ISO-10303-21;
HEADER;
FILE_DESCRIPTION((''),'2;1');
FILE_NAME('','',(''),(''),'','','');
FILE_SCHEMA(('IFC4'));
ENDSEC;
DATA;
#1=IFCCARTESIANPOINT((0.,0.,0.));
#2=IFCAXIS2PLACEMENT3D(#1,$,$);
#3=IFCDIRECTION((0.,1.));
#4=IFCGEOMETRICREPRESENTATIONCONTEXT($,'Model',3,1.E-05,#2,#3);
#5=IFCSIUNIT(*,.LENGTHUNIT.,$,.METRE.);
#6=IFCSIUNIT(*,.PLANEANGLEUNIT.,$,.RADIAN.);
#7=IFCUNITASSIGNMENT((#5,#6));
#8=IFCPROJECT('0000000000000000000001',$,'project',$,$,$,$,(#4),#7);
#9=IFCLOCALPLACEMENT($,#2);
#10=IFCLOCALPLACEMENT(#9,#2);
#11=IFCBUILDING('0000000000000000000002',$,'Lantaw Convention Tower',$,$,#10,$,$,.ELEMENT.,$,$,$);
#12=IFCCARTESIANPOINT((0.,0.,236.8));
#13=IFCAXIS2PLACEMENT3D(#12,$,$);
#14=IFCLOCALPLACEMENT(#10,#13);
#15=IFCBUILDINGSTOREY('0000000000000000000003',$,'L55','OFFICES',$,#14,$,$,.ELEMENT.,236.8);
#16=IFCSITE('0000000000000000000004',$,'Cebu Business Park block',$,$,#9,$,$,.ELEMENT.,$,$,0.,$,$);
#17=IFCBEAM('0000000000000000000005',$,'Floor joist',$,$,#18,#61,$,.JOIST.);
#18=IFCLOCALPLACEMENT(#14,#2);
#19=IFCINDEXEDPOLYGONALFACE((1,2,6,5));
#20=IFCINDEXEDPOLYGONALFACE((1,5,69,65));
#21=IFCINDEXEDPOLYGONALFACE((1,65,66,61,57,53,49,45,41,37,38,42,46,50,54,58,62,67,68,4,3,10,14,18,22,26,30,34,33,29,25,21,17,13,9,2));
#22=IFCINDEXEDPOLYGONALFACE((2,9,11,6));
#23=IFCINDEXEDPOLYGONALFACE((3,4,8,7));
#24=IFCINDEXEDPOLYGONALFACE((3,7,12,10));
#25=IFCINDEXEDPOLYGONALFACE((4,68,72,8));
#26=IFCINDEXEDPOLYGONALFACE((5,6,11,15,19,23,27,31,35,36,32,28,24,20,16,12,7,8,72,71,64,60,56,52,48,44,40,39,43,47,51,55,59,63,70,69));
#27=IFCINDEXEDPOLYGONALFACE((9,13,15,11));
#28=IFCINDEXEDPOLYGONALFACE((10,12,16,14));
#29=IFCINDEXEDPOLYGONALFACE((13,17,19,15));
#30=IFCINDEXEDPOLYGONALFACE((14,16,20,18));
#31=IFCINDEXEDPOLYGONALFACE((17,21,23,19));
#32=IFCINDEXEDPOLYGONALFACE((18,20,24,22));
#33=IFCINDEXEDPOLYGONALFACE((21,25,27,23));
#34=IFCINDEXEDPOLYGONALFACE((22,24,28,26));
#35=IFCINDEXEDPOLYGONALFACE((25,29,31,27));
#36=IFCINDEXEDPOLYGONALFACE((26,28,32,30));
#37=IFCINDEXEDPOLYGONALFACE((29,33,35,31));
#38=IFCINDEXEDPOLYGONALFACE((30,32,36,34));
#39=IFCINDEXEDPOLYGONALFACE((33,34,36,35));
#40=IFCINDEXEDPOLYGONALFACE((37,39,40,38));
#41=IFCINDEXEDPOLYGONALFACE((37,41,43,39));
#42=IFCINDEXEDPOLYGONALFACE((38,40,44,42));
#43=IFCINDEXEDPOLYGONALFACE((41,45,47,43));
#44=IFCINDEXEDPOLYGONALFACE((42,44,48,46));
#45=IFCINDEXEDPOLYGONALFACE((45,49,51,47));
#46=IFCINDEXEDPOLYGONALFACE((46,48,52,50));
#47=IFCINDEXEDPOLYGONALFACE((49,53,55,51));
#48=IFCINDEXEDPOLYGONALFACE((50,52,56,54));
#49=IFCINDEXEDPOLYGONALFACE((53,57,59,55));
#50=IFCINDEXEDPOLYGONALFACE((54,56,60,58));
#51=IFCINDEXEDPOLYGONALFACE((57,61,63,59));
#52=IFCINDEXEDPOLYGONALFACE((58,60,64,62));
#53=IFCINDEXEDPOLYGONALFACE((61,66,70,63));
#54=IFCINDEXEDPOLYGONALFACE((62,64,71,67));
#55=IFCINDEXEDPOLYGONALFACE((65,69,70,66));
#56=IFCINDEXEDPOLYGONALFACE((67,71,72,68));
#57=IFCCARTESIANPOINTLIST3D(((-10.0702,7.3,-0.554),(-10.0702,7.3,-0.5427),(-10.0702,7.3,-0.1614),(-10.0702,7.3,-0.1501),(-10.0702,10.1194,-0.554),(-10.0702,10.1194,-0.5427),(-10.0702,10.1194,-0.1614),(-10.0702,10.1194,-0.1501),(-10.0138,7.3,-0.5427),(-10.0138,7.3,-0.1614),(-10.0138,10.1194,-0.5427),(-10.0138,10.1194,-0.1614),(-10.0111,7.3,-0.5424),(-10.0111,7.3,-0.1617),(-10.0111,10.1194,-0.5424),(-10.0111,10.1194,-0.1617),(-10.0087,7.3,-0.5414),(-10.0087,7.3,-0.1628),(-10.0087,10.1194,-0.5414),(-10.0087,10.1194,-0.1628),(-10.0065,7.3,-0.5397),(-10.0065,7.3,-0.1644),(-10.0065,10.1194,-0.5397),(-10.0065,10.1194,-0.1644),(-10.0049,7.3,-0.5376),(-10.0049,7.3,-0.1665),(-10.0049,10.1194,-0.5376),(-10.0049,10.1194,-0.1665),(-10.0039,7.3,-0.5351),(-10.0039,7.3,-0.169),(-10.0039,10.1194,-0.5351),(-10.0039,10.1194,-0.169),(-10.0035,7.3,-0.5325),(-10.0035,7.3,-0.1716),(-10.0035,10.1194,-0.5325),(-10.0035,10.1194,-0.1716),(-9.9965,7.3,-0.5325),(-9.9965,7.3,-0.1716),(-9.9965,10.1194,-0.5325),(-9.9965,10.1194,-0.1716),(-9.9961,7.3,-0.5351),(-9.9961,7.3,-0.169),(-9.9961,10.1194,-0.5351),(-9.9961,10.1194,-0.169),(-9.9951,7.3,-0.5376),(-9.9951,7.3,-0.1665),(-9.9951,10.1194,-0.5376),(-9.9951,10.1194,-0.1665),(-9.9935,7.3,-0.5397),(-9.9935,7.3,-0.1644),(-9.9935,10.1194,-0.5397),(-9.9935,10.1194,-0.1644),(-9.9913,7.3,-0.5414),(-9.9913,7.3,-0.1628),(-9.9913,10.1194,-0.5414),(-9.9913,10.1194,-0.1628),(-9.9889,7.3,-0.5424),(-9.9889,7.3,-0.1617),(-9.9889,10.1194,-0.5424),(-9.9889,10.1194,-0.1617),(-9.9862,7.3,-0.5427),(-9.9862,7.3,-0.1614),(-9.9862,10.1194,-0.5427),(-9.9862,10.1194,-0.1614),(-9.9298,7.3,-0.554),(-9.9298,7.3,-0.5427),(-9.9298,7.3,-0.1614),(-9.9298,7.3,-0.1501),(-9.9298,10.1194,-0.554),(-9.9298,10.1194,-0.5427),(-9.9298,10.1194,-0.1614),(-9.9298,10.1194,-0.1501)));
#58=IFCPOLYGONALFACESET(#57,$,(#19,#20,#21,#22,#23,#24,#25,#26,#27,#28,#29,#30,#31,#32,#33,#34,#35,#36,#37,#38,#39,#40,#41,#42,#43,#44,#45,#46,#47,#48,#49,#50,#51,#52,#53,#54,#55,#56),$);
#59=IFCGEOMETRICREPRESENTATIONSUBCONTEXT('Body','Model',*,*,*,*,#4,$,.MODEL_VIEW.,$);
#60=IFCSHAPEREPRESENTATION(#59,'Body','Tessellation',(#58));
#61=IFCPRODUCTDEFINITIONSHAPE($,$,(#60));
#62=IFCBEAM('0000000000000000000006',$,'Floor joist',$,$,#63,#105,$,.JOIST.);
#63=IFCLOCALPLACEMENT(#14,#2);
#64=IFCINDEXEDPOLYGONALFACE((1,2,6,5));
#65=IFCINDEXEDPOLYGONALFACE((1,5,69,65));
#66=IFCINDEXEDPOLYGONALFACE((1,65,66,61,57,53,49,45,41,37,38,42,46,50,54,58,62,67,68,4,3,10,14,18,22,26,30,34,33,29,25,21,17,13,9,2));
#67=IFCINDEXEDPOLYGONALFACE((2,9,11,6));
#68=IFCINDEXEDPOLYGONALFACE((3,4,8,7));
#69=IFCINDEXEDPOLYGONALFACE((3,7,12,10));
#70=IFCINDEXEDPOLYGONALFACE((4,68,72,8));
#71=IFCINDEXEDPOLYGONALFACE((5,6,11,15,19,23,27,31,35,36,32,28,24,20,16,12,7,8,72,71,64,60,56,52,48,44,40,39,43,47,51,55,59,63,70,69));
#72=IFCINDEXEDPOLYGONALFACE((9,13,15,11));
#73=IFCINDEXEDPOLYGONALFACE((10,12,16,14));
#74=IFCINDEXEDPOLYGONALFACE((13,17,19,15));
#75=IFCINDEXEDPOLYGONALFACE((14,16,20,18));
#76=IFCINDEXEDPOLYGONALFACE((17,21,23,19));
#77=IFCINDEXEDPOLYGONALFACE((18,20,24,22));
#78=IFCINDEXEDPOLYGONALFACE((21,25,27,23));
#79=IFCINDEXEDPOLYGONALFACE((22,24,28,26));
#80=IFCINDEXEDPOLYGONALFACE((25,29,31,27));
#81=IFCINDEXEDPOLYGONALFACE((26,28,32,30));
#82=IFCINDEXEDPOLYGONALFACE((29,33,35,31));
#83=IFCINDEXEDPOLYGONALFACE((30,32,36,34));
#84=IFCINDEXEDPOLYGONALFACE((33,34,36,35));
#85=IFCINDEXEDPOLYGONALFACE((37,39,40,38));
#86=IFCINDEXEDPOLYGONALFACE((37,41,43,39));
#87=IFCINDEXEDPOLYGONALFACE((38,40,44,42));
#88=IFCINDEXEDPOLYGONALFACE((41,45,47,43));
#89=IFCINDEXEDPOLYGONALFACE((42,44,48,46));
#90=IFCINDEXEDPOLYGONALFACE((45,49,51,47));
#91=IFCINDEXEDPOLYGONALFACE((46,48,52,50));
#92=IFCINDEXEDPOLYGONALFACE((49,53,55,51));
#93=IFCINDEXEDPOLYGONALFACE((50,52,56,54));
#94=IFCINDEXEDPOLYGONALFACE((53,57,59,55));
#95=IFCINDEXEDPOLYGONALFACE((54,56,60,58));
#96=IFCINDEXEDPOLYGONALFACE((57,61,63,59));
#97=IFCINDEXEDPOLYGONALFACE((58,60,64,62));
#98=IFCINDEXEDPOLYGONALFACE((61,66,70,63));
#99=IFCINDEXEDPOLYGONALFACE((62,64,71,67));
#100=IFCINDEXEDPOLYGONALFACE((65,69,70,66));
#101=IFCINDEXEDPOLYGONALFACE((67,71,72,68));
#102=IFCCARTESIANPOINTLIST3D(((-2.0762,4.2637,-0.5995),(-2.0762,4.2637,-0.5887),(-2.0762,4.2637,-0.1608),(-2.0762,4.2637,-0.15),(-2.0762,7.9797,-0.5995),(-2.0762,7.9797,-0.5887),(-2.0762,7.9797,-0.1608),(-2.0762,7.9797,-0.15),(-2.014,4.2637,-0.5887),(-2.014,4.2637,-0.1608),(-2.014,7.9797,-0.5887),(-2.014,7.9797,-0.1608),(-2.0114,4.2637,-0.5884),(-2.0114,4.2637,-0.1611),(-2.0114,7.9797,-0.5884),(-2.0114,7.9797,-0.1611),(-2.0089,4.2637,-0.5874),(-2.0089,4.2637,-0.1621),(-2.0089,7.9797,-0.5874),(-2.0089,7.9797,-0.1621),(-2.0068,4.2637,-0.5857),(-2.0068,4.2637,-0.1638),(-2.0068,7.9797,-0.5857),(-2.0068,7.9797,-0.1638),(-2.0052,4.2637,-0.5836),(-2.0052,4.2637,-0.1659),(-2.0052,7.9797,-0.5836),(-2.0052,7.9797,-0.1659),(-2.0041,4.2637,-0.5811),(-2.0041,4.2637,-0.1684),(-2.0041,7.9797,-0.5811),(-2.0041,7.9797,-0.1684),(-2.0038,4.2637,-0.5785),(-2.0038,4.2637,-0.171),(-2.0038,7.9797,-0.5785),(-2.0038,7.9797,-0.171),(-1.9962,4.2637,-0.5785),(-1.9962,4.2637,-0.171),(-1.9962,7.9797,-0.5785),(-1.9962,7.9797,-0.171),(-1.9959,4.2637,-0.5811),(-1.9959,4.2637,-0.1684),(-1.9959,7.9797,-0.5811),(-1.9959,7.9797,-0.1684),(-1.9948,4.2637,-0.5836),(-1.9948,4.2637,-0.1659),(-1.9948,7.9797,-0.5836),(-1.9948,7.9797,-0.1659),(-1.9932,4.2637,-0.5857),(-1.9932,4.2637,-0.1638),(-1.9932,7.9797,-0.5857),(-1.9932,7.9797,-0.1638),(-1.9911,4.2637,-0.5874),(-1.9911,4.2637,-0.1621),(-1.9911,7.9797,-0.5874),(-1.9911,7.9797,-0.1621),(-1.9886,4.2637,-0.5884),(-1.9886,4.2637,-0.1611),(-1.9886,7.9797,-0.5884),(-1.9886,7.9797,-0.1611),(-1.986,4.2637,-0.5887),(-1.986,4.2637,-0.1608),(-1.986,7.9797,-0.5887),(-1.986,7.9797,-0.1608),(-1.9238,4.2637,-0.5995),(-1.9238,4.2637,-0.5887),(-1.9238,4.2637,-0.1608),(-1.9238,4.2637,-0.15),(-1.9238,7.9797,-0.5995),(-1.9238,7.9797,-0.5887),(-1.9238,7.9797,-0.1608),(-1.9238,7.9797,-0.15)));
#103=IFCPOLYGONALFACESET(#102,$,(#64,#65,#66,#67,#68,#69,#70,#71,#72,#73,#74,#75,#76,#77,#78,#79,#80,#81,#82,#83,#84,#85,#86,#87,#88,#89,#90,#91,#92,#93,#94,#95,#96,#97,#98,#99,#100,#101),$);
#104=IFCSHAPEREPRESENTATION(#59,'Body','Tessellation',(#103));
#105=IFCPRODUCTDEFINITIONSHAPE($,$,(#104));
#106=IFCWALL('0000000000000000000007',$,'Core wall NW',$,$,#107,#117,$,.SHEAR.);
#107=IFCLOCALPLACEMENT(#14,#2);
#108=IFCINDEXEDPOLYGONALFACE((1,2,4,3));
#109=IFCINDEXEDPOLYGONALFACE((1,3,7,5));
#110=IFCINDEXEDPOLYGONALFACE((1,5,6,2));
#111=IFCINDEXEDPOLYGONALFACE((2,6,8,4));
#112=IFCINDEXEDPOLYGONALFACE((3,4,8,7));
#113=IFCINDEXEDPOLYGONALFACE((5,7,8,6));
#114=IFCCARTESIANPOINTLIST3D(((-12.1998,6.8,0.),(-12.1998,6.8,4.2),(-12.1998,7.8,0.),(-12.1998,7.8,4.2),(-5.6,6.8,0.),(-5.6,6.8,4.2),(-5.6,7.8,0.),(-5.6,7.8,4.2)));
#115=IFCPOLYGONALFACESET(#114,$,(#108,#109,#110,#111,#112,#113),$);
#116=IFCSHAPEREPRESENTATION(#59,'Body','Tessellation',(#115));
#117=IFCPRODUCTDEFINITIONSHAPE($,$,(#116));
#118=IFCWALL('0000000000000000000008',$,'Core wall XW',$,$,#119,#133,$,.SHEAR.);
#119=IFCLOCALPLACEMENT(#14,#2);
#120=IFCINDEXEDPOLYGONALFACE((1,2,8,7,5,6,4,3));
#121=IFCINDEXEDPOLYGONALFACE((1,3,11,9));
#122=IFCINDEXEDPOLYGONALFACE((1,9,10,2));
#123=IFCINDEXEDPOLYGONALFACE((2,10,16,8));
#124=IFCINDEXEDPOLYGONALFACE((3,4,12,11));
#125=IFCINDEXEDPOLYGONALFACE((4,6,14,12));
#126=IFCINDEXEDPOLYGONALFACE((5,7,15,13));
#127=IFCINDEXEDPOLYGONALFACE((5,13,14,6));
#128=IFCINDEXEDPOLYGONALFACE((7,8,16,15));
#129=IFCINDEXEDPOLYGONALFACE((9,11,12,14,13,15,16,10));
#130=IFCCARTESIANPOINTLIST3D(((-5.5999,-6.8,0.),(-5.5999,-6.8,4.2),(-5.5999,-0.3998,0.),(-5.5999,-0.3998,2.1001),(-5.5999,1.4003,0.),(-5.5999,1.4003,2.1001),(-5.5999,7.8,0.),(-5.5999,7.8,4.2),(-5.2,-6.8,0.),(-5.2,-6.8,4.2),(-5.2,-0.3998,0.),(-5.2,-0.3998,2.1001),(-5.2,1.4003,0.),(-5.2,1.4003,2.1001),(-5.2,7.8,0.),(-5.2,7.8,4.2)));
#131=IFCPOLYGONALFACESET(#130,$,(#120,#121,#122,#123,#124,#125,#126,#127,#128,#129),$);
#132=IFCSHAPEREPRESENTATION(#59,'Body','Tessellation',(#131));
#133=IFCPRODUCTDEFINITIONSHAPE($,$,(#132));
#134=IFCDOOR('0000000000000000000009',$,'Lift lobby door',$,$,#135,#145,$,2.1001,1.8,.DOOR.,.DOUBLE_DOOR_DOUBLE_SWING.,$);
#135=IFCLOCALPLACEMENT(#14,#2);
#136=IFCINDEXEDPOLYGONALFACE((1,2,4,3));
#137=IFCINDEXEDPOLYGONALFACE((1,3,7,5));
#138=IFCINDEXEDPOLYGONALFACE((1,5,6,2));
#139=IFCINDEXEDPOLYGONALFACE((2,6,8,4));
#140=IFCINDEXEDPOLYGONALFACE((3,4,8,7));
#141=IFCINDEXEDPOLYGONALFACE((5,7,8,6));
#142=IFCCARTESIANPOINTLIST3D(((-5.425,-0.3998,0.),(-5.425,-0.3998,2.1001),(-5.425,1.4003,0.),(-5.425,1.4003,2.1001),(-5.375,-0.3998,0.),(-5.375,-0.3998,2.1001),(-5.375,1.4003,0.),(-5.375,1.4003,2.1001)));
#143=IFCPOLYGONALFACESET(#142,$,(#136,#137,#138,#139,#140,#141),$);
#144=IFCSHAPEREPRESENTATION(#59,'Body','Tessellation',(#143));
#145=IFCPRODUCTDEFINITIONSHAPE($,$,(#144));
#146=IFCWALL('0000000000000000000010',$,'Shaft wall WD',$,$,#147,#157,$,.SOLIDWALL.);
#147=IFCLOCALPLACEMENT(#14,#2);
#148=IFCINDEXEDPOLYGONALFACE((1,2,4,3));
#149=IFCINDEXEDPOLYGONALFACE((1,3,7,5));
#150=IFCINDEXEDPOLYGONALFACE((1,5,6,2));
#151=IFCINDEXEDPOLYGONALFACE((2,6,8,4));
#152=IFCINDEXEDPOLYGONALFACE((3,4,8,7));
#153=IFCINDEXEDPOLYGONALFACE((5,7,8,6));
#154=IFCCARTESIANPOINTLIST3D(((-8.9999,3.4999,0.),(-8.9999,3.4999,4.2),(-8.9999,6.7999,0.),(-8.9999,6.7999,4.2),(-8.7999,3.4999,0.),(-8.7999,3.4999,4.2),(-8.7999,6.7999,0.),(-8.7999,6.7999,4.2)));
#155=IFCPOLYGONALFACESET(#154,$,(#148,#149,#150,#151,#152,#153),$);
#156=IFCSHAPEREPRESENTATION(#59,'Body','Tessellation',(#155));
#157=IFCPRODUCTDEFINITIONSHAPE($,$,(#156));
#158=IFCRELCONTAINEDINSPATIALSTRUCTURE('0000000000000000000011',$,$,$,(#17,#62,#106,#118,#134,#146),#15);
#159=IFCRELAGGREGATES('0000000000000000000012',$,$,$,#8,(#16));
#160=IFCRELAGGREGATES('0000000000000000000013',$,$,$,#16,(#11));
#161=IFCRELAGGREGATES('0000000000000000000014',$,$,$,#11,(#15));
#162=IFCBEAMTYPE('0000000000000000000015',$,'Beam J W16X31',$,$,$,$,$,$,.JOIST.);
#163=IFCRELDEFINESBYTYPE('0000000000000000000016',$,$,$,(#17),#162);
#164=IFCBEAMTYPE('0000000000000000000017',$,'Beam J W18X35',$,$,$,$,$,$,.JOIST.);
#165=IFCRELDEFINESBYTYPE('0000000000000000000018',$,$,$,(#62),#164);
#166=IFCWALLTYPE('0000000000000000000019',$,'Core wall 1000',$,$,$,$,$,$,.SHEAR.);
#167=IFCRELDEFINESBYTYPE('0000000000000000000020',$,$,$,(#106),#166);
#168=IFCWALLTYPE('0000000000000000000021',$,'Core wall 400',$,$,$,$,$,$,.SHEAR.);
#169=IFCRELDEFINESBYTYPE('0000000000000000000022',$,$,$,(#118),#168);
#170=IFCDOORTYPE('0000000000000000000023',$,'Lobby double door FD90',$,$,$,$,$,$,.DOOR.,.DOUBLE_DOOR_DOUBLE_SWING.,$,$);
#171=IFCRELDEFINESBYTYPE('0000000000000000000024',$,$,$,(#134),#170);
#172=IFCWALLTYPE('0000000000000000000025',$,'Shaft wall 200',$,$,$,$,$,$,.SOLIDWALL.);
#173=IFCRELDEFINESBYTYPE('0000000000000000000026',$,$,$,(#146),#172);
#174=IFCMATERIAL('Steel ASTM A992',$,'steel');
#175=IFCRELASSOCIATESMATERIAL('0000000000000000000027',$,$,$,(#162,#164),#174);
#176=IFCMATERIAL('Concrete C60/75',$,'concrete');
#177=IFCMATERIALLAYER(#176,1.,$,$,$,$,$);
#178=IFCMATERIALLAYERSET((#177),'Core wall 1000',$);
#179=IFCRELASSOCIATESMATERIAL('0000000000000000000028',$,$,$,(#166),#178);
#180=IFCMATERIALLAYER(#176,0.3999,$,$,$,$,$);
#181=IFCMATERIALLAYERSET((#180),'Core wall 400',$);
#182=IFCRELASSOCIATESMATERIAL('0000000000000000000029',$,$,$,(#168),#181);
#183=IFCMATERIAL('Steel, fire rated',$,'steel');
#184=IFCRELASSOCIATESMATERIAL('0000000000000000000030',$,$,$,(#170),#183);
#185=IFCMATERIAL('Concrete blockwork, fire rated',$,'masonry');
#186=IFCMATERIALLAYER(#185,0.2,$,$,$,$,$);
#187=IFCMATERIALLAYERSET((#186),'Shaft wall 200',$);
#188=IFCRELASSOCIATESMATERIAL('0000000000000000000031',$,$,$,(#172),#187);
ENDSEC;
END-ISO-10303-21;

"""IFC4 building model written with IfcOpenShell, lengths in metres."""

from ifc_helpers import new_model, si_unit, direction, frame, frame_2d, origin, origin_2d, place, context, subcontext, project, spatial, rectangle, i_section, extrude, material, layer, layer_set, material_profile, profile_set, type_object, element, fill, save


model = new_model("IFC4")

# Units and contexts
model_context = context("Model", 3, precision=1e-05, world=origin(), true_north=direction((0.0, 1.0)))
body_context = subcontext(model_context, "Body", "Model", "MODEL_VIEW")
ifc_project = project(units=[si_unit("LENGTHUNIT", "METRE"), si_unit("PLANEANGLEUNIT", "RADIAN")], contexts=[model_context])

# Site, building, storey
site_placement = place(None, origin())
site = spatial("IfcSite", under=ifc_project, at=site_placement, Name="Cebu Business Park block", CompositionType="ELEMENT", RefElevation=0.0)
building_placement = place(site_placement, origin())
building = spatial("IfcBuilding", under=site, at=building_placement, Name="Lantaw Convention Tower", CompositionType="ELEMENT")
storey_placement = place(building_placement, frame((0.0, 0.0, 236.8)))
storey = spatial("IfcBuildingStorey", under=building, at=storey_placement, Name="L55", Description="OFFICES", CompositionType="ELEMENT", Elevation=236.8)

# Beams
ifc_material_1 = material(Name="Steel ASTM A992", Category="steel")
ifc_material_profile_1 = material_profile(ifc_material_1, i_section(OverallWidth=0.1404, OverallDepth=0.4038, WebThickness=0.0071, FlangeThickness=0.0112, FilletRadius=0.0103, at=origin_2d()), Name="W16X31")
ifc_profile_set_1 = profile_set([ifc_material_profile_1], Name="Steel ASTM A992")
beam_type_1 = type_object("IfcBeamType", Name="Beam J W16X31", PredefinedType="JOIST", material=ifc_profile_set_1)
beam_1_placement = place(storey_placement, frame((-10.0, 7.3, -0.3521), z_axis=(0.0, 1.0, 0.0), x_axis=(-1.0, 0.0, 0.0)))
element("IfcBeam", 1, at=beam_1_placement, inside=storey, type_object=beam_type_1, Name="Floor joist", PredefinedType="JOIST", context=body_context, shape_type="SweptSolid", body=[
    extrude(i_section(OverallWidth=0.1404, OverallDepth=0.4038, WebThickness=0.0071, FlangeThickness=0.0112, FilletRadius=0.0103, at=origin_2d()), origin(), (0.0, 0.0, 1.0), 2.8193),
])
ifc_material_profile_2 = material_profile(ifc_material_1, i_section(OverallWidth=0.1523, OverallDepth=0.4495, WebThickness=0.0076, FlangeThickness=0.0107, FilletRadius=0.0103, at=origin_2d()), Name="W18X35")
ifc_profile_set_2 = profile_set([ifc_material_profile_2], Name="Steel ASTM A992")
beam_type_2 = type_object("IfcBeamType", Name="Beam J W18X35", PredefinedType="JOIST", material=ifc_profile_set_2)
beam_2_placement = place(storey_placement, frame((-2.0, 4.2637, -0.3748), z_axis=(0.0, 1.0, 0.0), x_axis=(-1.0, 0.0, 0.0)))
element("IfcBeam", 2, at=beam_2_placement, inside=storey, type_object=beam_type_2, Name="Floor joist", PredefinedType="JOIST", context=body_context, shape_type="SweptSolid", body=[
    extrude(i_section(OverallWidth=0.1523, OverallDepth=0.4495, WebThickness=0.0076, FlangeThickness=0.0107, FilletRadius=0.0103, at=origin_2d()), origin(), (0.0, 0.0, 1.0), 3.7161),
])

# Wall
ifc_material_2 = material(Name="Concrete C60/75", Category="concrete")
ifc_layer_1 = layer(ifc_material_2, 1.0)
ifc_layer_set_1 = layer_set([ifc_layer_1], Name="Core wall 1000")
wall_type_1 = type_object("IfcWallType", Name="Core wall 1000", PredefinedType="SHEAR", material=ifc_layer_set_1)
wall_1_placement = place(storey_placement, frame((-5.6001, 7.3, 0.0), z_axis=(0.0, 0.0, 1.0), x_axis=(-1.0, 0.0, 0.0)))
element("IfcWall", 3, at=wall_1_placement, inside=storey, type_object=wall_type_1, Name="Core wall NW", PredefinedType="SHEAR", context=body_context, shape_type="SweptSolid", body=[
    extrude(rectangle(XDim=6.5999, YDim=1.0, at=frame_2d((3.2998, 0.0))), origin(), (0.0, 0.0, 1.0), 4.2),
])

# Wall, opening, door
ifc_layer_2 = layer(ifc_material_2, 0.3999)
ifc_layer_set_2 = layer_set([ifc_layer_2], Name="Core wall 400")
wall_type_2 = type_object("IfcWallType", Name="Core wall 400", PredefinedType="SHEAR", material=ifc_layer_set_2)
wall_2_placement = place(storey_placement, frame((-5.3999, 7.8, 0.0), z_axis=(0.0, 0.0, 1.0), x_axis=(0.0, -1.0, 0.0)))
wall_2 = element("IfcWall", 4, at=wall_2_placement, inside=storey, type_object=wall_type_2, Name="Core wall XW", PredefinedType="SHEAR", context=body_context, shape_type="SweptSolid", body=[
    extrude(rectangle(XDim=14.6001, YDim=0.3999, at=frame_2d((7.3, 0.0))), origin(), (0.0, 0.0, 1.0), 4.2),
])
opening_1_placement = place(wall_2_placement, frame((6.3999, 0.0, 0.0)))
opening_1 = element("IfcOpeningElement", 5, at=opening_1_placement, cuts=wall_2, PredefinedType="OPENING", context=body_context, shape_type="SweptSolid", body=[
    extrude(rectangle(XDim=1.8, YDim=2.1001, at=frame_2d((0.8999, 1.05))), frame((0.0, 0.21, 0.0), z_axis=(0.0, -1.0, 0.0), x_axis=(1.0, 0.0, 0.0)), (0.0, 0.0, 1.0), 0.4199),
])
ifc_material_3 = material(Name="Steel, fire rated", Category="steel")
door_type_1 = type_object("IfcDoorType", Name="Lobby double door FD90", OperationType="DOUBLE_DOOR_DOUBLE_SWING", PredefinedType="DOOR", material=ifc_material_3)
door_1_placement = place(opening_1_placement, origin())
door_1 = element("IfcDoor", 6, at=door_1_placement, inside=storey, type_object=door_type_1, Name="Lift lobby door", OperationType="DOUBLE_DOOR_DOUBLE_SWING", OverallHeight=2.1001, OverallWidth=1.8, PredefinedType="DOOR", context=body_context, shape_type="SweptSolid", body=[
    extrude(rectangle(XDim=1.8, YDim=2.1001, at=frame_2d((0.8999, 1.05))), frame((0.0, 0.0249, 0.0), z_axis=(0.0, -1.0, 0.0), x_axis=(1.0, 0.0, 0.0)), (0.0, 0.0, 1.0), 0.05),
])
fill(opening_1, door_1)

# Wall
ifc_material_4 = material(Name="Concrete blockwork, fire rated", Category="masonry")
ifc_layer_3 = layer(ifc_material_4, 0.2)
ifc_layer_set_3 = layer_set([ifc_layer_3], Name="Shaft wall 200")
wall_type_3 = type_object("IfcWallType", Name="Shaft wall 200", PredefinedType="SOLIDWALL", material=ifc_layer_set_3)
wall_3_placement = place(storey_placement, frame((-8.8999, 3.5, 0.0), z_axis=(0.0, 0.0, 1.0), x_axis=(0.0, 1.0, 0.0)))
element("IfcWall", 7, at=wall_3_placement, inside=storey, type_object=wall_type_3, Name="Shaft wall WD", PredefinedType="SOLIDWALL", context=body_context, shape_type="SweptSolid", body=[
    extrude(rectangle(XDim=3.3, YDim=0.2, at=frame_2d((1.6499, 0.0))), origin(), (0.0, 0.0, 1.0), 4.2),
])

save(model, "model.ifc")
